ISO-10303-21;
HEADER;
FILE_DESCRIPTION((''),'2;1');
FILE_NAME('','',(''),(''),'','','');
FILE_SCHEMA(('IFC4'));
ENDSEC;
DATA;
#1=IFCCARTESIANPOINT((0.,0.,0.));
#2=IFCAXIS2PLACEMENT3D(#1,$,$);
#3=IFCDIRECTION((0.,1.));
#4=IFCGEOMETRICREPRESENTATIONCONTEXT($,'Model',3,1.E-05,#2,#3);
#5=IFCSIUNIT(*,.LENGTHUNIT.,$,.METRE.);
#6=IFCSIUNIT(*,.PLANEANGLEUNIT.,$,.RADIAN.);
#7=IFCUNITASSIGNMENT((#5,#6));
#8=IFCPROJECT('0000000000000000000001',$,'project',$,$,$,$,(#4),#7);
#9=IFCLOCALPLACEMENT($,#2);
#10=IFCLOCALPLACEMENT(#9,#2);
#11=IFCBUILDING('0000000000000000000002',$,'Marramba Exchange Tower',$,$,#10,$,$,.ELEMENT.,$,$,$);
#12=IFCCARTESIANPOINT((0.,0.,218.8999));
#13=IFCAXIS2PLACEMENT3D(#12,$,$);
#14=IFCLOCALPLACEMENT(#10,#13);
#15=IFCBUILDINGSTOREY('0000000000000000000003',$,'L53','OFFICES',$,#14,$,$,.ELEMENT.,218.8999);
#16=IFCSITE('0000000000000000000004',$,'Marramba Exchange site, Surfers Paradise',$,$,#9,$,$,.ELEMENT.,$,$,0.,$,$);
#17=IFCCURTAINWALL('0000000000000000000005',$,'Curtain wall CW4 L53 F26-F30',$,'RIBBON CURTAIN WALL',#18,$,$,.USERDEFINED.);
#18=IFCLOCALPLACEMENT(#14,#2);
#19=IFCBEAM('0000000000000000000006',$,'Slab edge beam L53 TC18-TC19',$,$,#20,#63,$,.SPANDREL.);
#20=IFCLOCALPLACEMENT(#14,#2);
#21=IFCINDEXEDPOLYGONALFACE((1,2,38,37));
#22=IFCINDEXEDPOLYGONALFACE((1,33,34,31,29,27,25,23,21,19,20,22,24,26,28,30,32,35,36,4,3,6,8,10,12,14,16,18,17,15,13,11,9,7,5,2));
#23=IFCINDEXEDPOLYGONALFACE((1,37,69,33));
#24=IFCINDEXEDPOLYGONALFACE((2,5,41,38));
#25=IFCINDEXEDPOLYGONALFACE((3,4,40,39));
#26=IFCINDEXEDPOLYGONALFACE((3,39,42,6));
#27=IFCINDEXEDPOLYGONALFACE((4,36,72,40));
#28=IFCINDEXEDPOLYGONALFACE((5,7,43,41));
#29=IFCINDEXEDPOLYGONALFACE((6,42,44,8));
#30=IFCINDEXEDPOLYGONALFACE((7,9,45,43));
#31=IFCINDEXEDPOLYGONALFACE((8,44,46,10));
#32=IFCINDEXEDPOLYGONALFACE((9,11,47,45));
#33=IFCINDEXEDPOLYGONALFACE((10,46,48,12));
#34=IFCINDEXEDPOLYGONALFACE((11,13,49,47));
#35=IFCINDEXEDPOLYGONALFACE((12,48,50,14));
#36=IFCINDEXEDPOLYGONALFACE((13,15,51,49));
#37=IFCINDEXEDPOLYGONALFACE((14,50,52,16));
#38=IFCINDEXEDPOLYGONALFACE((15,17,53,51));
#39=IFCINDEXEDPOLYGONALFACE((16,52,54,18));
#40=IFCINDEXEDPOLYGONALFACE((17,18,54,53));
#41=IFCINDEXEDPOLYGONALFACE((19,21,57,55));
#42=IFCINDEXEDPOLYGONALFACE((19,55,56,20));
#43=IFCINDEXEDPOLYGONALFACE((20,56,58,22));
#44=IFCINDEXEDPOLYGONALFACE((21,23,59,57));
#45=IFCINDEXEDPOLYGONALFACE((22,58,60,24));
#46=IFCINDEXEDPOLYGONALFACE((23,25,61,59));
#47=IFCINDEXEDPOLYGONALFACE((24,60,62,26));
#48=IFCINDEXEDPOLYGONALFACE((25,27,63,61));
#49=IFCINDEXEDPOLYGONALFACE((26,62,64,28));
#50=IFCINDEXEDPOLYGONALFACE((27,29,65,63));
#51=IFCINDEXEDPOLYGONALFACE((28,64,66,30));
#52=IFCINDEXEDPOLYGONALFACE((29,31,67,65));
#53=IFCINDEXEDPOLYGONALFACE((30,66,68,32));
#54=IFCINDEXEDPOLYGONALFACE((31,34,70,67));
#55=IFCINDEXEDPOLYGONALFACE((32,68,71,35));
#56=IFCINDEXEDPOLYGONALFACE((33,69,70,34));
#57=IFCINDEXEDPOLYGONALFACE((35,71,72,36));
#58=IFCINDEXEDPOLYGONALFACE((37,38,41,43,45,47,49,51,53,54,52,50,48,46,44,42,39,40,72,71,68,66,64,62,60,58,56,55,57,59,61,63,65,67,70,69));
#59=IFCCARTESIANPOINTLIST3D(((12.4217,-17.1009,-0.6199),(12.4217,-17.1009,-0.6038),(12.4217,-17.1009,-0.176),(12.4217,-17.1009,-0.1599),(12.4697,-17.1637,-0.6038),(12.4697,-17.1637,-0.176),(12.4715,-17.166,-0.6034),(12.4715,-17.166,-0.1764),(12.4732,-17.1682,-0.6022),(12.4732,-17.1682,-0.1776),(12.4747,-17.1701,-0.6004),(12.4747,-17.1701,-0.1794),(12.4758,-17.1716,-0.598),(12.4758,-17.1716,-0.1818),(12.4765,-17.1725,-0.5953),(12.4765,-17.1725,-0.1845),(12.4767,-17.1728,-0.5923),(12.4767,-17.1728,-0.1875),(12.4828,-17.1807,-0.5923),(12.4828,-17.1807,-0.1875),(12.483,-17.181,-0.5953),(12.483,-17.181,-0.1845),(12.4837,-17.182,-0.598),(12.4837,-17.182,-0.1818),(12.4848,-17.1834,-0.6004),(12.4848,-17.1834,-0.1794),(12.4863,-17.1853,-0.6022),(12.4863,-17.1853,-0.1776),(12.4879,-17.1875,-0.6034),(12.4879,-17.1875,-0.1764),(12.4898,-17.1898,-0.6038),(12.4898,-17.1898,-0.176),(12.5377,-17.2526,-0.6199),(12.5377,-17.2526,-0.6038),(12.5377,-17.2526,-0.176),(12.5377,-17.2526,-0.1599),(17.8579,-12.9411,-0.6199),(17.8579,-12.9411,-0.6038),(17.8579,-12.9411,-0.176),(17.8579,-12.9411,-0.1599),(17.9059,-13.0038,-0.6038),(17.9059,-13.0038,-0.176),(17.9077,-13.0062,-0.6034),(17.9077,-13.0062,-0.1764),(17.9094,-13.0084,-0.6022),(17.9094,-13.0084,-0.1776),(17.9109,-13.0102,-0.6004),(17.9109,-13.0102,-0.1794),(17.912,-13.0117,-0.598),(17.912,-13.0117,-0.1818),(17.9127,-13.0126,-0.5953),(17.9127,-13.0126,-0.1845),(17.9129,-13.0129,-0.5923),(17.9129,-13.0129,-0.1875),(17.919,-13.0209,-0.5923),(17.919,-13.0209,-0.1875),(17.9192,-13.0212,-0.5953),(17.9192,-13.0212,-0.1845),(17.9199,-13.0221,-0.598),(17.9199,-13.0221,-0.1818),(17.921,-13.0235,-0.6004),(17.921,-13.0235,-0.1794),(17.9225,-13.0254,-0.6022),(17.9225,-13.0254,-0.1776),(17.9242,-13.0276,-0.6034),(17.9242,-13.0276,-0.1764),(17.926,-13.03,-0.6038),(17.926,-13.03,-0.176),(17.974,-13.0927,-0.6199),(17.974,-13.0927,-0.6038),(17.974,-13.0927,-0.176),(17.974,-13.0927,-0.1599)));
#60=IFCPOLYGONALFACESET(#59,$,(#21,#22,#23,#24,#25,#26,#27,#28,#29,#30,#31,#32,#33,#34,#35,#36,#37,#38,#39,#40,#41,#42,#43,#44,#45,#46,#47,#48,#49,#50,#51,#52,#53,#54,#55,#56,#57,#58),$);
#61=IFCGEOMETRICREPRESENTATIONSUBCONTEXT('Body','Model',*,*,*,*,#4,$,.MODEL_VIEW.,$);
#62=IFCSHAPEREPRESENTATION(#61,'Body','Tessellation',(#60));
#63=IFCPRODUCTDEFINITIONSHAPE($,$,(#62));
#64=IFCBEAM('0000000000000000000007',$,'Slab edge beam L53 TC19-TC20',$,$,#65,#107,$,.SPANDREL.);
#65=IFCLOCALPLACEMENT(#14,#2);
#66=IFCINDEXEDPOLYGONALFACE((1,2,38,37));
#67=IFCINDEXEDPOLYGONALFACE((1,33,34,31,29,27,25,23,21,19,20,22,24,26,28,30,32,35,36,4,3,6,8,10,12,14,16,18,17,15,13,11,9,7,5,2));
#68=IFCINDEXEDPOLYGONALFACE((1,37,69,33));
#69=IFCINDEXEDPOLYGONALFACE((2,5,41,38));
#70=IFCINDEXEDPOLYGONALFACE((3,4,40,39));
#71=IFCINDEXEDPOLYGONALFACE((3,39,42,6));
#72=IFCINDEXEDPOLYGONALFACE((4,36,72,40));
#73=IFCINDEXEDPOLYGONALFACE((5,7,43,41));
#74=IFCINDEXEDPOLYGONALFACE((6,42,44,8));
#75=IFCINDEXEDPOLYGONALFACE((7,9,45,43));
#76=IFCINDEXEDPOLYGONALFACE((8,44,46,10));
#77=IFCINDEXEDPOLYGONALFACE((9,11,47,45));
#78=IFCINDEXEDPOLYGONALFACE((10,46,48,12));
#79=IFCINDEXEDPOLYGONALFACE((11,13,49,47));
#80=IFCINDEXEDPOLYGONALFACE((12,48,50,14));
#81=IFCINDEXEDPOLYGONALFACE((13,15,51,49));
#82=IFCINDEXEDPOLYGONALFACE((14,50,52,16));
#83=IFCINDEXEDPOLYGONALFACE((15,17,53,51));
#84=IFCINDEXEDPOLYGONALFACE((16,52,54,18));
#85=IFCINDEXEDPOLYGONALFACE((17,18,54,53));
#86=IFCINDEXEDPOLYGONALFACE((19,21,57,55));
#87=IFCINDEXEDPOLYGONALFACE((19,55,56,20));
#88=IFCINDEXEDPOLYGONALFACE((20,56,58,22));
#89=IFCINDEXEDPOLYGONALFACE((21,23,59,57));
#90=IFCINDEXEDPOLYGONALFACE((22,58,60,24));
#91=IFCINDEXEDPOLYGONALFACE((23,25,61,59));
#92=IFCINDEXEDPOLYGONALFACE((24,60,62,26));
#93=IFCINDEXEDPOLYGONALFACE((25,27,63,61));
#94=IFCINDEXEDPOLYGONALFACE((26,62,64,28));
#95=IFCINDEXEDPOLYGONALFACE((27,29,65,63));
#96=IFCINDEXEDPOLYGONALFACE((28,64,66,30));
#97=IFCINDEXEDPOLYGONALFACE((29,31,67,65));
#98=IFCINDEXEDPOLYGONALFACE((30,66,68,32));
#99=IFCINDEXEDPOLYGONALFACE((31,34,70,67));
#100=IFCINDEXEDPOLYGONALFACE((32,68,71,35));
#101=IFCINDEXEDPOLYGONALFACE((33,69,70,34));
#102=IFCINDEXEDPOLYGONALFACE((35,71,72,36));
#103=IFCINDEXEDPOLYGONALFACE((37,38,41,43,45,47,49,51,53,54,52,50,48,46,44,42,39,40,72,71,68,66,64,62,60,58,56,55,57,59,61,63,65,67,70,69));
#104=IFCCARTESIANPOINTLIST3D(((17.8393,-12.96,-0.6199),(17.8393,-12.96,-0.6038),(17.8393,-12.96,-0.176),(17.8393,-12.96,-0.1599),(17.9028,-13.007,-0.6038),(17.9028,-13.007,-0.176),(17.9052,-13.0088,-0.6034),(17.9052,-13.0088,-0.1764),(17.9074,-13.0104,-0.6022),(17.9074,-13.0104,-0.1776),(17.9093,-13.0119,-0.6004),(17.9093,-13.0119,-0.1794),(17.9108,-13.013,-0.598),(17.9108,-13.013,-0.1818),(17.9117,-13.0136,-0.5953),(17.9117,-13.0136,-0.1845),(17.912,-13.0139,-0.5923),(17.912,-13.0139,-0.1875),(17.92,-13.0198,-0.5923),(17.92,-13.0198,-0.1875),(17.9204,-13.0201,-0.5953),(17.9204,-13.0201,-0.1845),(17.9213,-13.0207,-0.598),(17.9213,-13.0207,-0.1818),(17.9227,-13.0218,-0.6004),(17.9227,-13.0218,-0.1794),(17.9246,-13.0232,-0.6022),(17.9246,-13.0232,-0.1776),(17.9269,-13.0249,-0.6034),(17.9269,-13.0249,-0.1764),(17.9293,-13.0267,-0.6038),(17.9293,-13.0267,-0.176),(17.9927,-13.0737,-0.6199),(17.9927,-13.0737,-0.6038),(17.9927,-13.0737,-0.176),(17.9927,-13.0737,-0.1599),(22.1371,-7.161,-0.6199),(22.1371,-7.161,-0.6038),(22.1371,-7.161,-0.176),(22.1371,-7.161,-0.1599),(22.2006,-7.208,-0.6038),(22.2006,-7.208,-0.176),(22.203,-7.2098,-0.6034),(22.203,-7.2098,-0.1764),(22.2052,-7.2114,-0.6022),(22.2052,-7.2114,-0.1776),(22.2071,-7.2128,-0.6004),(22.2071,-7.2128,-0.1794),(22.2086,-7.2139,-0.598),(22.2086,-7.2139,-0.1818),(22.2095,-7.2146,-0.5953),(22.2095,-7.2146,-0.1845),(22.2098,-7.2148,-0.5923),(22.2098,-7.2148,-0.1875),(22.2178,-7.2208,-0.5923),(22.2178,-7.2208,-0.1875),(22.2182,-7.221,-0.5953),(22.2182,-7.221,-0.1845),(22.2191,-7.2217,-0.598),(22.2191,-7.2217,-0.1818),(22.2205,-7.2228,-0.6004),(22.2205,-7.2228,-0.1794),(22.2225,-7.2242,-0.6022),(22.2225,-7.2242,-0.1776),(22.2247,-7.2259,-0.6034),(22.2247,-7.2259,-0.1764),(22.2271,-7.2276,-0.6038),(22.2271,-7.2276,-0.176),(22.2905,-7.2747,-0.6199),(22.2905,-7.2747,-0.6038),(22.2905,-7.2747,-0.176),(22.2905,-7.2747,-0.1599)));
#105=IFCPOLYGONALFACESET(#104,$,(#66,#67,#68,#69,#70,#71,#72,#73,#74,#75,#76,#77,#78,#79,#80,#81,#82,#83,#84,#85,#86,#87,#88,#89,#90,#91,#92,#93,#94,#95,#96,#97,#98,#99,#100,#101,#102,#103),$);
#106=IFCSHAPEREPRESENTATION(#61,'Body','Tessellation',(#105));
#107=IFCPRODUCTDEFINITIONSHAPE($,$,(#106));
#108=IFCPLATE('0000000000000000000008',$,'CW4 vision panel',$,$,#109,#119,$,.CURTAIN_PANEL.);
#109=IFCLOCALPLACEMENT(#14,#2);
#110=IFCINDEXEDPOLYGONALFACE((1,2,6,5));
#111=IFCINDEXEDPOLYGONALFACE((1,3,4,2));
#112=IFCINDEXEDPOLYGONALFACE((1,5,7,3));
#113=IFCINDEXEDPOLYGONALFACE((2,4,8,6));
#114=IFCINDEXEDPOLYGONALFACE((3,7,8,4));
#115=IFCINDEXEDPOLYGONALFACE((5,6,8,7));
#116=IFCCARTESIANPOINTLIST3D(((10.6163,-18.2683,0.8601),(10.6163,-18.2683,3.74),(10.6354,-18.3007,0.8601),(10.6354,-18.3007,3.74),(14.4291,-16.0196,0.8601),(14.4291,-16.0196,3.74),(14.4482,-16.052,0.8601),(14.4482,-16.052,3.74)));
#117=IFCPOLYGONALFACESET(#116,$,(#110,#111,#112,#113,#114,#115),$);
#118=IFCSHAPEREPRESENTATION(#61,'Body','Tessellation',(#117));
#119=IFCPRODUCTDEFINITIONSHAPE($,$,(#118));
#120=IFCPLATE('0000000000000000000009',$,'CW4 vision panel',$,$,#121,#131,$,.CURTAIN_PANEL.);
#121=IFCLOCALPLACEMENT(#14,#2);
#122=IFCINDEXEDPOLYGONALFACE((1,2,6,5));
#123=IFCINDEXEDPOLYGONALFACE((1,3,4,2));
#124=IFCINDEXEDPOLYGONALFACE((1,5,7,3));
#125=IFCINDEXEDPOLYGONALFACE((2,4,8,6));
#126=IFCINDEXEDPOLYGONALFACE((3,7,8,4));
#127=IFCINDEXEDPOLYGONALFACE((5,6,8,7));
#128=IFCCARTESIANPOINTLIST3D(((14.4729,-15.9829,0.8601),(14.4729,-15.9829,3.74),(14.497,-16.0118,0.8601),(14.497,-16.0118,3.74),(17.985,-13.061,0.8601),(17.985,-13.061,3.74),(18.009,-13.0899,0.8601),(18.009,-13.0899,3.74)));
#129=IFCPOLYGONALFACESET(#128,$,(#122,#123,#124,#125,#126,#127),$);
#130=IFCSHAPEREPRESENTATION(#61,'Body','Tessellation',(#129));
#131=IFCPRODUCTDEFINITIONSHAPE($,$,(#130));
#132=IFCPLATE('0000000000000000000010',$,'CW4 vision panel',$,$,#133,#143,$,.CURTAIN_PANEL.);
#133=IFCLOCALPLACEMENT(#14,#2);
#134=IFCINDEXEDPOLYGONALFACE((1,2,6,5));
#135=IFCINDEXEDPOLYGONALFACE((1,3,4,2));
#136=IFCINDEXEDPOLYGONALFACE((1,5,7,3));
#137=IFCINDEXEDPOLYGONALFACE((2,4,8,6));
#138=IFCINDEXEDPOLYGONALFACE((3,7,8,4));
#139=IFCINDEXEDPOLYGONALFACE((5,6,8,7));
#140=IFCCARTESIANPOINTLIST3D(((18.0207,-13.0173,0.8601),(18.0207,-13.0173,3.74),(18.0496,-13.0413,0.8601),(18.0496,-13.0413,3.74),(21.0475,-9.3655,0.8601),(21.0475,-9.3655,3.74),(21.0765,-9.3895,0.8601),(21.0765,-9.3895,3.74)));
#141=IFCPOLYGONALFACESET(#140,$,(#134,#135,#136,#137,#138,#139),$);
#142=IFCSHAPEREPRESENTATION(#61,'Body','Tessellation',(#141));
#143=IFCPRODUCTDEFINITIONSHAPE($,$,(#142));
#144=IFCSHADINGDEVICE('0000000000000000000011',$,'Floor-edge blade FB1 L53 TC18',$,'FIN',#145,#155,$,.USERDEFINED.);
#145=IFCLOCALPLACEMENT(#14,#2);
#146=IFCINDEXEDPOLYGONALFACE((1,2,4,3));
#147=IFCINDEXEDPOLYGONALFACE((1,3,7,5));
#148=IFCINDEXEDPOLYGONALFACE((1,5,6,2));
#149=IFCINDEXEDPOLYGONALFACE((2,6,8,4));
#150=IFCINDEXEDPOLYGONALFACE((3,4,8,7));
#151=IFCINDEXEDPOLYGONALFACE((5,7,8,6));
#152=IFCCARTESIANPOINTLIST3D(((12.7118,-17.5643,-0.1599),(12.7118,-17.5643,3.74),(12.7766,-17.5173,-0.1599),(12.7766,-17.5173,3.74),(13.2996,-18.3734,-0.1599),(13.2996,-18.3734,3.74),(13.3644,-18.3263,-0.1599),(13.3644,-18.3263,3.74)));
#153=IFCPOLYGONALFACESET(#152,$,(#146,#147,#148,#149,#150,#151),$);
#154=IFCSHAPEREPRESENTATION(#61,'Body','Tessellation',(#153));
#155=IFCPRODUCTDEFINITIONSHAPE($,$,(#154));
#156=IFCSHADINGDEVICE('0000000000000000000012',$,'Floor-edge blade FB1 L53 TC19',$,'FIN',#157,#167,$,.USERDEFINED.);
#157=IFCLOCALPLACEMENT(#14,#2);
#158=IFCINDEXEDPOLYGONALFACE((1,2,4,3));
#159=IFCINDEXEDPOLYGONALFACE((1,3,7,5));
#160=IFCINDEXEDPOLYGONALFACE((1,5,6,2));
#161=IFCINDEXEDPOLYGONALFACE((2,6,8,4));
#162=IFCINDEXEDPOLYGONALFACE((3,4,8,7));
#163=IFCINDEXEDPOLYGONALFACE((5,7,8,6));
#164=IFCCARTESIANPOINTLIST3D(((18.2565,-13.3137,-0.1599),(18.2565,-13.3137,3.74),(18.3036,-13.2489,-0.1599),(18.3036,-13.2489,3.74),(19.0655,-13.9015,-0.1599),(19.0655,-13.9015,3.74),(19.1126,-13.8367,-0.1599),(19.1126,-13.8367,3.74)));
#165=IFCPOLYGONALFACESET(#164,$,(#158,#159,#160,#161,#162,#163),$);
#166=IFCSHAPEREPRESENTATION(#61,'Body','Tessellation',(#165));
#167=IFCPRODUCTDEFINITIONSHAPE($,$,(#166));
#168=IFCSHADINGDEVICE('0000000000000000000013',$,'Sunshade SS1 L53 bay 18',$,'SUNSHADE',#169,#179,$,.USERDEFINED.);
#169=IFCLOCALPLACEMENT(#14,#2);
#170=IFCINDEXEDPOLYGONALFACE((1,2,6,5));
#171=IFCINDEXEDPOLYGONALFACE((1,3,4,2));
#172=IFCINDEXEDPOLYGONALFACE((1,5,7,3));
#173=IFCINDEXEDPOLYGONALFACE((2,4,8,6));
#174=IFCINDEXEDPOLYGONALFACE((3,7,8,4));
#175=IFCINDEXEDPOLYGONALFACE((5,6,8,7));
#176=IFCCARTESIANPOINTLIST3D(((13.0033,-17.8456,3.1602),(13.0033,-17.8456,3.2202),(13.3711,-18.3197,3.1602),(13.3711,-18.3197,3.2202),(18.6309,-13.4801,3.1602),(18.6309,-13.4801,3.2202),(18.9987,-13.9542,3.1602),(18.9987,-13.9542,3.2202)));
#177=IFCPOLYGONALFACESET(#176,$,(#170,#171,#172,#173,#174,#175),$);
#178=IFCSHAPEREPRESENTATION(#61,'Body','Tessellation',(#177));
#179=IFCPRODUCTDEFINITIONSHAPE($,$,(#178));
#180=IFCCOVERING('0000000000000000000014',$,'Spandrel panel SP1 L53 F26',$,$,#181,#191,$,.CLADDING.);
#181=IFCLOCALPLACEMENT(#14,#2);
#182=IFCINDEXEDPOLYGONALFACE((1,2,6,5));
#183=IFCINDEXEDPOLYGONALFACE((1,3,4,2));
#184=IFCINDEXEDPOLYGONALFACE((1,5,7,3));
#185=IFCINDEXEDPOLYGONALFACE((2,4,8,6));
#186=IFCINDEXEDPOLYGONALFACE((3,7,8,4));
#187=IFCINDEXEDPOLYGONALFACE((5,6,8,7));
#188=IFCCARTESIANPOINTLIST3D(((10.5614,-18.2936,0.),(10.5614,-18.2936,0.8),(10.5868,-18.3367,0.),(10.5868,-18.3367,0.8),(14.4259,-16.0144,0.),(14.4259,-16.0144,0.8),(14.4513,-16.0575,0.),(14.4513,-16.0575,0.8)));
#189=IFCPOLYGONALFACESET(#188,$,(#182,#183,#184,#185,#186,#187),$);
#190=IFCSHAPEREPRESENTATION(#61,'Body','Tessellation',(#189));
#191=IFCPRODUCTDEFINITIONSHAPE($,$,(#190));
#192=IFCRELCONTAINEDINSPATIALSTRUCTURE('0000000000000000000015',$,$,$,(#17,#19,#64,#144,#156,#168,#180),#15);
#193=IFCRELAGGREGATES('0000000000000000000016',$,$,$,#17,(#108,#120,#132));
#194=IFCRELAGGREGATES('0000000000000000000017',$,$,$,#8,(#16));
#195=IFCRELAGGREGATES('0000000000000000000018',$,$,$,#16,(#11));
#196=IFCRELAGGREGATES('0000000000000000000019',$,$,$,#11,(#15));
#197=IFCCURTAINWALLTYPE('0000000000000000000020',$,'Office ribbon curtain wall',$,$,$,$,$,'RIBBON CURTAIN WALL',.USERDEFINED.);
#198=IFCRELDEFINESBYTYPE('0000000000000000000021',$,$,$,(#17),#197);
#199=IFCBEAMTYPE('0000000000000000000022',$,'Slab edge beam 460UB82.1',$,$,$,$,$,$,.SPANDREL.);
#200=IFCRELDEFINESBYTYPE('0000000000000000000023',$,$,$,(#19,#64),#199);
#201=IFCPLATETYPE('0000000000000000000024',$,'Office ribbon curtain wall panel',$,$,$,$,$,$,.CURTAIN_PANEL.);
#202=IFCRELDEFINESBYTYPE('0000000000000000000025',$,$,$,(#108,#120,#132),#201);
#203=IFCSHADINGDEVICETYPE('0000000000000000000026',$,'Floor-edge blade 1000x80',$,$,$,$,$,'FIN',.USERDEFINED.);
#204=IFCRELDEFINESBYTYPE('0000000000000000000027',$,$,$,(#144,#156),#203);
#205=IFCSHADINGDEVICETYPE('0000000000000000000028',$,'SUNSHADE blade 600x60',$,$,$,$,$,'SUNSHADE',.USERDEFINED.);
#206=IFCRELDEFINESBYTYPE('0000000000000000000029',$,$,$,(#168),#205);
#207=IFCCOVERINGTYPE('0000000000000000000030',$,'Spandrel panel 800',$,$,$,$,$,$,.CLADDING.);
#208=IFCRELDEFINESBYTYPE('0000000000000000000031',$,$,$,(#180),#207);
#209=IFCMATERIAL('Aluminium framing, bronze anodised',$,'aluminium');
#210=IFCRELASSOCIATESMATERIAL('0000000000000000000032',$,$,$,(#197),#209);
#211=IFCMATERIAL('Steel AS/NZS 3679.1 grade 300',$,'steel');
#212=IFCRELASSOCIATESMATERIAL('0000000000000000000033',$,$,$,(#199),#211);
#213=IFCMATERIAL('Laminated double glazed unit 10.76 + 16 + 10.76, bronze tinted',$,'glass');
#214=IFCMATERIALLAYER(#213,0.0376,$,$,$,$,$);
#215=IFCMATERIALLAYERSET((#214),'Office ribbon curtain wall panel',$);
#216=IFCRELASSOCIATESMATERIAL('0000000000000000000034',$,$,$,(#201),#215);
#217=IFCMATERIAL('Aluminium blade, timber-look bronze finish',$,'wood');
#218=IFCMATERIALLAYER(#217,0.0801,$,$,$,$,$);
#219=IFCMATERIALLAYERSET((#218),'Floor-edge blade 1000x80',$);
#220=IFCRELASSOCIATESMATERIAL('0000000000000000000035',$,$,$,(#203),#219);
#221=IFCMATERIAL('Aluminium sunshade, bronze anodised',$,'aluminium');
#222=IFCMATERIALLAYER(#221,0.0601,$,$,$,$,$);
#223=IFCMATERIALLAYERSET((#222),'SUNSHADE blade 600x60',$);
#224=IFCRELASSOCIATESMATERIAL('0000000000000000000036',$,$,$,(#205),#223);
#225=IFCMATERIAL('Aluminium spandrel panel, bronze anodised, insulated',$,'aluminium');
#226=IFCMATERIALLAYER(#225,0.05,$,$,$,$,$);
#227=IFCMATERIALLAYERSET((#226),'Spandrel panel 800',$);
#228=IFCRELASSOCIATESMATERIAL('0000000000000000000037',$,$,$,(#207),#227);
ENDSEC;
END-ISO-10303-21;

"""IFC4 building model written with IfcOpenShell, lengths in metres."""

from ifc_helpers import new_model, si_unit, direction, frame, origin, origin_2d, place, context, subcontext, project, spatial, rectangle, i_section, extrude, material, layer, layer_set, material_profile, profile_set, type_object, element, aggregate, save


model = new_model("IFC4")

# Units and contexts
model_context = context("Model", 3, precision=1e-05, world=origin(), true_north=direction((0.0, 1.0)))
body_context = subcontext(model_context, "Body", "Model", "MODEL_VIEW")
ifc_project = project(units=[si_unit("LENGTHUNIT", "METRE"), si_unit("PLANEANGLEUNIT", "RADIAN")], contexts=[model_context])

# Site, building, storey
site_placement = place(None, origin())
site = spatial("IfcSite", under=ifc_project, at=site_placement, Name="Marramba Exchange site, Surfers Paradise", CompositionType="ELEMENT", RefElevation=0.0)
building_placement = place(site_placement, origin())
building = spatial("IfcBuilding", under=site, at=building_placement, Name="Marramba Exchange Tower", CompositionType="ELEMENT")
storey_placement = place(building_placement, frame((0.0, 0.0, 218.8999)))
storey = spatial("IfcBuildingStorey", under=building, at=storey_placement, Name="L53", Description="OFFICES", CompositionType="ELEMENT", Elevation=218.8999)

# Curtain wall
ifc_material_1 = material(Name="Aluminium framing, bronze anodised", Category="aluminium")
curtain_wall_type = type_object("IfcCurtainWallType", Name="Office ribbon curtain wall", ElementType="RIBBON CURTAIN WALL", PredefinedType="USERDEFINED", material=ifc_material_1)
curtain_wall_placement = place(storey_placement, origin())
curtain_wall = element("IfcCurtainWall", 1, at=curtain_wall_placement, inside=storey, type_object=curtain_wall_type, Name="Curtain wall CW4 L53 F26-F30", ObjectType="RIBBON CURTAIN WALL", PredefinedType="USERDEFINED")

# Beams
ifc_material_2 = material(Name="Steel AS/NZS 3679.1 grade 300", Category="steel")
ifc_material_profile_1 = material_profile(ifc_material_2, i_section(OverallWidth=0.1909, OverallDepth=0.46, WebThickness=0.01, FlangeThickness=0.0161, FilletRadius=0.0115, at=origin_2d()), Name="460UB82.1")
ifc_profile_set_1 = profile_set([ifc_material_profile_1], Name="Steel AS/NZS 3679.1 grade 300")
beam_type_1 = type_object("IfcBeamType", Name="Slab edge beam 460UB82.1", PredefinedType="SPANDREL", material=ifc_profile_set_1)
beam_1_placement = place(storey_placement, frame((12.4797, -17.1768, -0.3899), z_axis=(0.794163, 0.607704, 0.0), x_axis=(-0.607704, 0.794163, 0.0)))
element("IfcBeam", 2, at=beam_1_placement, inside=storey, type_object=beam_type_1, Name="Slab edge beam L53 TC18-TC19", PredefinedType="SPANDREL", context=body_context, shape_type="SweptSolid", body=[
    extrude(i_section(OverallWidth=0.1909, OverallDepth=0.46, WebThickness=0.01, FlangeThickness=0.0161, FilletRadius=0.0115, at=origin_2d()), origin(), (0.0, 0.0, 1.0), 6.8452),
])
beam_2_placement = place(storey_placement, frame((17.916, -13.0168, -0.3899), z_axis=(0.595428, 0.803409, 0.0), x_axis=(-0.803409, 0.595428, 0.0)))
element("IfcBeam", 3, at=beam_2_placement, inside=storey, type_object=beam_type_1, Name="Slab edge beam L53 TC19-TC20", PredefinedType="SPANDREL", context=body_context, shape_type="SweptSolid", body=[
    extrude(i_section(OverallWidth=0.1909, OverallDepth=0.46, WebThickness=0.01, FlangeThickness=0.0161, FilletRadius=0.0115, at=origin_2d()), origin(), (0.0, 0.0, 1.0), 7.218),
])

# Plates
ifc_material_3 = material(Name="Laminated double glazed unit 10.76 + 16 + 10.76, bronze tinted", Category="glass")
ifc_layer_1 = layer(ifc_material_3, 0.0376)
ifc_layer_set_1 = layer_set([ifc_layer_1], Name="Office ribbon curtain wall panel")
plate_type = type_object("IfcPlateType", Name="Office ribbon curtain wall panel", PredefinedType="CURTAIN_PANEL", material=ifc_layer_set_1)
plate_1_placement = place(storey_placement, frame((12.5322, -17.1602, 0.8601), z_axis=(0.0, 0.0, 1.0), x_axis=(0.861351, 0.508011, 0.0)))
plate_1 = element("IfcPlate", 4, at=plate_1_placement, type_object=plate_type, Name="CW4 vision panel", PredefinedType="CURTAIN_PANEL", context=body_context, shape_type="SweptSolid", body=[
    extrude(rectangle(XDim=4.4265, YDim=0.0376, at=origin_2d()), origin(), (0.0, 0.0, 1.0), 2.8799),
])
plate_2_placement = place(storey_placement, frame((16.241, -14.5364, 0.8601), z_axis=(0.0, 0.0, 1.0), x_axis=(0.768737, 0.639565, 0.0)))
plate_2 = element("IfcPlate", 5, at=plate_2_placement, type_object=plate_type, Name="CW4 vision panel", PredefinedType="CURTAIN_PANEL", context=body_context, shape_type="SweptSolid", body=[
    extrude(rectangle(XDim=4.5686, YDim=0.0376, at=origin_2d()), origin(), (0.0, 0.0, 1.0), 2.8799),
])
plate_3_placement = place(storey_placement, frame((19.5486, -11.2034, 0.8601), z_axis=(0.0, 0.0, 1.0), x_axis=(0.63815, 0.769912, 0.0)))
plate_3 = element("IfcPlate", 6, at=plate_3_placement, type_object=plate_type, Name="CW4 vision panel", PredefinedType="CURTAIN_PANEL", context=body_context, shape_type="SweptSolid", body=[
    extrude(rectangle(XDim=4.7432, YDim=0.0376, at=origin_2d()), origin(), (0.0, 0.0, 1.0), 2.8799),
])
aggregate(curtain_wall, [plate_1, plate_2, plate_3])

# Shading devices
ifc_material_4 = material(Name="Aluminium blade, timber-look bronze finish", Category="wood")
ifc_layer_2 = layer(ifc_material_4, 0.0801)
ifc_layer_set_2 = layer_set([ifc_layer_2], Name="Floor-edge blade 1000x80")
shading_device_type_1 = type_object("IfcShadingDeviceType", Name="Floor-edge blade 1000x80", ElementType="FIN", PredefinedType="USERDEFINED", material=ifc_layer_set_2)
for number, where, z_axis, x_axis, name in (
    (7, (13.0381, -17.9453, -0.1599), (0.0, 0.0, 1.0), (0.587785, -0.809017, 0.0), "Floor-edge blade FB1 L53 TC18"),
    (8, (18.6846, -13.5752, -0.1599), (0.0, 0.0, 1.0), (0.809017, -0.587785, 0.0), "Floor-edge blade FB1 L53 TC19"),
):
    element("IfcShadingDevice", number, at=place(storey_placement, frame(where, z_axis=z_axis, x_axis=x_axis)), inside=storey, type_object=shading_device_type_1, Name=name, ObjectType="FIN", PredefinedType="USERDEFINED", context=body_context, shape_type="SweptSolid", body=[
        extrude(rectangle(XDim=1.0, YDim=0.0801, at=origin_2d()), origin(), (0.0, 0.0, 1.0), 3.8999),
    ])
ifc_material_5 = material(Name="Aluminium sunshade, bronze anodised", Category="aluminium")
ifc_layer_3 = layer(ifc_material_5, 0.0601)
ifc_layer_set_3 = layer_set([ifc_layer_3], Name="SUNSHADE blade 600x60")
shading_device_type_2 = type_object("IfcShadingDeviceType", Name="SUNSHADE blade 600x60", ElementType="SUNSHADE", PredefinedType="USERDEFINED", material=ifc_layer_set_3)
shading_device_placement = place(storey_placement, frame((16.001, -15.8999, 3.1602), z_axis=(0.0, 0.0, 1.0), x_axis=(0.790133, 0.612935, 0.0)))
element("IfcShadingDevice", 9, at=shading_device_placement, inside=storey, type_object=shading_device_type_2, Name="Sunshade SS1 L53 bay 18", ObjectType="SUNSHADE", PredefinedType="USERDEFINED", context=body_context, shape_type="SweptSolid", body=[
    extrude(rectangle(XDim=7.1223, YDim=0.6001, at=origin_2d()), origin(), (0.0, 0.0, 1.0), 0.0601),
])

# Covering
ifc_material_6 = material(Name="Aluminium spandrel panel, bronze anodised, insulated", Category="aluminium")
ifc_layer_4 = layer(ifc_material_6, 0.05)
ifc_layer_set_4 = layer_set([ifc_layer_4], Name="Spandrel panel 800")
covering_type = type_object("IfcCoveringType", Name="Spandrel panel 800", PredefinedType="CLADDING", material=ifc_layer_set_4)
covering_1_placement = place(storey_placement, frame((12.5063, -17.1755, 0.0), z_axis=(0.0, 0.0, 1.0), x_axis=(0.861351, 0.508011, 0.0)))
element("IfcCovering", 10, at=covering_1_placement, inside=storey, type_object=covering_type, Name="Spandrel panel SP1 L53 F26", PredefinedType="CLADDING", context=body_context, shape_type="SweptSolid", body=[
    extrude(rectangle(XDim=4.4866, YDim=0.05, at=origin_2d()), origin(), (0.0, 0.0, 1.0), 0.8),
])

save(model, "model.ifc")
